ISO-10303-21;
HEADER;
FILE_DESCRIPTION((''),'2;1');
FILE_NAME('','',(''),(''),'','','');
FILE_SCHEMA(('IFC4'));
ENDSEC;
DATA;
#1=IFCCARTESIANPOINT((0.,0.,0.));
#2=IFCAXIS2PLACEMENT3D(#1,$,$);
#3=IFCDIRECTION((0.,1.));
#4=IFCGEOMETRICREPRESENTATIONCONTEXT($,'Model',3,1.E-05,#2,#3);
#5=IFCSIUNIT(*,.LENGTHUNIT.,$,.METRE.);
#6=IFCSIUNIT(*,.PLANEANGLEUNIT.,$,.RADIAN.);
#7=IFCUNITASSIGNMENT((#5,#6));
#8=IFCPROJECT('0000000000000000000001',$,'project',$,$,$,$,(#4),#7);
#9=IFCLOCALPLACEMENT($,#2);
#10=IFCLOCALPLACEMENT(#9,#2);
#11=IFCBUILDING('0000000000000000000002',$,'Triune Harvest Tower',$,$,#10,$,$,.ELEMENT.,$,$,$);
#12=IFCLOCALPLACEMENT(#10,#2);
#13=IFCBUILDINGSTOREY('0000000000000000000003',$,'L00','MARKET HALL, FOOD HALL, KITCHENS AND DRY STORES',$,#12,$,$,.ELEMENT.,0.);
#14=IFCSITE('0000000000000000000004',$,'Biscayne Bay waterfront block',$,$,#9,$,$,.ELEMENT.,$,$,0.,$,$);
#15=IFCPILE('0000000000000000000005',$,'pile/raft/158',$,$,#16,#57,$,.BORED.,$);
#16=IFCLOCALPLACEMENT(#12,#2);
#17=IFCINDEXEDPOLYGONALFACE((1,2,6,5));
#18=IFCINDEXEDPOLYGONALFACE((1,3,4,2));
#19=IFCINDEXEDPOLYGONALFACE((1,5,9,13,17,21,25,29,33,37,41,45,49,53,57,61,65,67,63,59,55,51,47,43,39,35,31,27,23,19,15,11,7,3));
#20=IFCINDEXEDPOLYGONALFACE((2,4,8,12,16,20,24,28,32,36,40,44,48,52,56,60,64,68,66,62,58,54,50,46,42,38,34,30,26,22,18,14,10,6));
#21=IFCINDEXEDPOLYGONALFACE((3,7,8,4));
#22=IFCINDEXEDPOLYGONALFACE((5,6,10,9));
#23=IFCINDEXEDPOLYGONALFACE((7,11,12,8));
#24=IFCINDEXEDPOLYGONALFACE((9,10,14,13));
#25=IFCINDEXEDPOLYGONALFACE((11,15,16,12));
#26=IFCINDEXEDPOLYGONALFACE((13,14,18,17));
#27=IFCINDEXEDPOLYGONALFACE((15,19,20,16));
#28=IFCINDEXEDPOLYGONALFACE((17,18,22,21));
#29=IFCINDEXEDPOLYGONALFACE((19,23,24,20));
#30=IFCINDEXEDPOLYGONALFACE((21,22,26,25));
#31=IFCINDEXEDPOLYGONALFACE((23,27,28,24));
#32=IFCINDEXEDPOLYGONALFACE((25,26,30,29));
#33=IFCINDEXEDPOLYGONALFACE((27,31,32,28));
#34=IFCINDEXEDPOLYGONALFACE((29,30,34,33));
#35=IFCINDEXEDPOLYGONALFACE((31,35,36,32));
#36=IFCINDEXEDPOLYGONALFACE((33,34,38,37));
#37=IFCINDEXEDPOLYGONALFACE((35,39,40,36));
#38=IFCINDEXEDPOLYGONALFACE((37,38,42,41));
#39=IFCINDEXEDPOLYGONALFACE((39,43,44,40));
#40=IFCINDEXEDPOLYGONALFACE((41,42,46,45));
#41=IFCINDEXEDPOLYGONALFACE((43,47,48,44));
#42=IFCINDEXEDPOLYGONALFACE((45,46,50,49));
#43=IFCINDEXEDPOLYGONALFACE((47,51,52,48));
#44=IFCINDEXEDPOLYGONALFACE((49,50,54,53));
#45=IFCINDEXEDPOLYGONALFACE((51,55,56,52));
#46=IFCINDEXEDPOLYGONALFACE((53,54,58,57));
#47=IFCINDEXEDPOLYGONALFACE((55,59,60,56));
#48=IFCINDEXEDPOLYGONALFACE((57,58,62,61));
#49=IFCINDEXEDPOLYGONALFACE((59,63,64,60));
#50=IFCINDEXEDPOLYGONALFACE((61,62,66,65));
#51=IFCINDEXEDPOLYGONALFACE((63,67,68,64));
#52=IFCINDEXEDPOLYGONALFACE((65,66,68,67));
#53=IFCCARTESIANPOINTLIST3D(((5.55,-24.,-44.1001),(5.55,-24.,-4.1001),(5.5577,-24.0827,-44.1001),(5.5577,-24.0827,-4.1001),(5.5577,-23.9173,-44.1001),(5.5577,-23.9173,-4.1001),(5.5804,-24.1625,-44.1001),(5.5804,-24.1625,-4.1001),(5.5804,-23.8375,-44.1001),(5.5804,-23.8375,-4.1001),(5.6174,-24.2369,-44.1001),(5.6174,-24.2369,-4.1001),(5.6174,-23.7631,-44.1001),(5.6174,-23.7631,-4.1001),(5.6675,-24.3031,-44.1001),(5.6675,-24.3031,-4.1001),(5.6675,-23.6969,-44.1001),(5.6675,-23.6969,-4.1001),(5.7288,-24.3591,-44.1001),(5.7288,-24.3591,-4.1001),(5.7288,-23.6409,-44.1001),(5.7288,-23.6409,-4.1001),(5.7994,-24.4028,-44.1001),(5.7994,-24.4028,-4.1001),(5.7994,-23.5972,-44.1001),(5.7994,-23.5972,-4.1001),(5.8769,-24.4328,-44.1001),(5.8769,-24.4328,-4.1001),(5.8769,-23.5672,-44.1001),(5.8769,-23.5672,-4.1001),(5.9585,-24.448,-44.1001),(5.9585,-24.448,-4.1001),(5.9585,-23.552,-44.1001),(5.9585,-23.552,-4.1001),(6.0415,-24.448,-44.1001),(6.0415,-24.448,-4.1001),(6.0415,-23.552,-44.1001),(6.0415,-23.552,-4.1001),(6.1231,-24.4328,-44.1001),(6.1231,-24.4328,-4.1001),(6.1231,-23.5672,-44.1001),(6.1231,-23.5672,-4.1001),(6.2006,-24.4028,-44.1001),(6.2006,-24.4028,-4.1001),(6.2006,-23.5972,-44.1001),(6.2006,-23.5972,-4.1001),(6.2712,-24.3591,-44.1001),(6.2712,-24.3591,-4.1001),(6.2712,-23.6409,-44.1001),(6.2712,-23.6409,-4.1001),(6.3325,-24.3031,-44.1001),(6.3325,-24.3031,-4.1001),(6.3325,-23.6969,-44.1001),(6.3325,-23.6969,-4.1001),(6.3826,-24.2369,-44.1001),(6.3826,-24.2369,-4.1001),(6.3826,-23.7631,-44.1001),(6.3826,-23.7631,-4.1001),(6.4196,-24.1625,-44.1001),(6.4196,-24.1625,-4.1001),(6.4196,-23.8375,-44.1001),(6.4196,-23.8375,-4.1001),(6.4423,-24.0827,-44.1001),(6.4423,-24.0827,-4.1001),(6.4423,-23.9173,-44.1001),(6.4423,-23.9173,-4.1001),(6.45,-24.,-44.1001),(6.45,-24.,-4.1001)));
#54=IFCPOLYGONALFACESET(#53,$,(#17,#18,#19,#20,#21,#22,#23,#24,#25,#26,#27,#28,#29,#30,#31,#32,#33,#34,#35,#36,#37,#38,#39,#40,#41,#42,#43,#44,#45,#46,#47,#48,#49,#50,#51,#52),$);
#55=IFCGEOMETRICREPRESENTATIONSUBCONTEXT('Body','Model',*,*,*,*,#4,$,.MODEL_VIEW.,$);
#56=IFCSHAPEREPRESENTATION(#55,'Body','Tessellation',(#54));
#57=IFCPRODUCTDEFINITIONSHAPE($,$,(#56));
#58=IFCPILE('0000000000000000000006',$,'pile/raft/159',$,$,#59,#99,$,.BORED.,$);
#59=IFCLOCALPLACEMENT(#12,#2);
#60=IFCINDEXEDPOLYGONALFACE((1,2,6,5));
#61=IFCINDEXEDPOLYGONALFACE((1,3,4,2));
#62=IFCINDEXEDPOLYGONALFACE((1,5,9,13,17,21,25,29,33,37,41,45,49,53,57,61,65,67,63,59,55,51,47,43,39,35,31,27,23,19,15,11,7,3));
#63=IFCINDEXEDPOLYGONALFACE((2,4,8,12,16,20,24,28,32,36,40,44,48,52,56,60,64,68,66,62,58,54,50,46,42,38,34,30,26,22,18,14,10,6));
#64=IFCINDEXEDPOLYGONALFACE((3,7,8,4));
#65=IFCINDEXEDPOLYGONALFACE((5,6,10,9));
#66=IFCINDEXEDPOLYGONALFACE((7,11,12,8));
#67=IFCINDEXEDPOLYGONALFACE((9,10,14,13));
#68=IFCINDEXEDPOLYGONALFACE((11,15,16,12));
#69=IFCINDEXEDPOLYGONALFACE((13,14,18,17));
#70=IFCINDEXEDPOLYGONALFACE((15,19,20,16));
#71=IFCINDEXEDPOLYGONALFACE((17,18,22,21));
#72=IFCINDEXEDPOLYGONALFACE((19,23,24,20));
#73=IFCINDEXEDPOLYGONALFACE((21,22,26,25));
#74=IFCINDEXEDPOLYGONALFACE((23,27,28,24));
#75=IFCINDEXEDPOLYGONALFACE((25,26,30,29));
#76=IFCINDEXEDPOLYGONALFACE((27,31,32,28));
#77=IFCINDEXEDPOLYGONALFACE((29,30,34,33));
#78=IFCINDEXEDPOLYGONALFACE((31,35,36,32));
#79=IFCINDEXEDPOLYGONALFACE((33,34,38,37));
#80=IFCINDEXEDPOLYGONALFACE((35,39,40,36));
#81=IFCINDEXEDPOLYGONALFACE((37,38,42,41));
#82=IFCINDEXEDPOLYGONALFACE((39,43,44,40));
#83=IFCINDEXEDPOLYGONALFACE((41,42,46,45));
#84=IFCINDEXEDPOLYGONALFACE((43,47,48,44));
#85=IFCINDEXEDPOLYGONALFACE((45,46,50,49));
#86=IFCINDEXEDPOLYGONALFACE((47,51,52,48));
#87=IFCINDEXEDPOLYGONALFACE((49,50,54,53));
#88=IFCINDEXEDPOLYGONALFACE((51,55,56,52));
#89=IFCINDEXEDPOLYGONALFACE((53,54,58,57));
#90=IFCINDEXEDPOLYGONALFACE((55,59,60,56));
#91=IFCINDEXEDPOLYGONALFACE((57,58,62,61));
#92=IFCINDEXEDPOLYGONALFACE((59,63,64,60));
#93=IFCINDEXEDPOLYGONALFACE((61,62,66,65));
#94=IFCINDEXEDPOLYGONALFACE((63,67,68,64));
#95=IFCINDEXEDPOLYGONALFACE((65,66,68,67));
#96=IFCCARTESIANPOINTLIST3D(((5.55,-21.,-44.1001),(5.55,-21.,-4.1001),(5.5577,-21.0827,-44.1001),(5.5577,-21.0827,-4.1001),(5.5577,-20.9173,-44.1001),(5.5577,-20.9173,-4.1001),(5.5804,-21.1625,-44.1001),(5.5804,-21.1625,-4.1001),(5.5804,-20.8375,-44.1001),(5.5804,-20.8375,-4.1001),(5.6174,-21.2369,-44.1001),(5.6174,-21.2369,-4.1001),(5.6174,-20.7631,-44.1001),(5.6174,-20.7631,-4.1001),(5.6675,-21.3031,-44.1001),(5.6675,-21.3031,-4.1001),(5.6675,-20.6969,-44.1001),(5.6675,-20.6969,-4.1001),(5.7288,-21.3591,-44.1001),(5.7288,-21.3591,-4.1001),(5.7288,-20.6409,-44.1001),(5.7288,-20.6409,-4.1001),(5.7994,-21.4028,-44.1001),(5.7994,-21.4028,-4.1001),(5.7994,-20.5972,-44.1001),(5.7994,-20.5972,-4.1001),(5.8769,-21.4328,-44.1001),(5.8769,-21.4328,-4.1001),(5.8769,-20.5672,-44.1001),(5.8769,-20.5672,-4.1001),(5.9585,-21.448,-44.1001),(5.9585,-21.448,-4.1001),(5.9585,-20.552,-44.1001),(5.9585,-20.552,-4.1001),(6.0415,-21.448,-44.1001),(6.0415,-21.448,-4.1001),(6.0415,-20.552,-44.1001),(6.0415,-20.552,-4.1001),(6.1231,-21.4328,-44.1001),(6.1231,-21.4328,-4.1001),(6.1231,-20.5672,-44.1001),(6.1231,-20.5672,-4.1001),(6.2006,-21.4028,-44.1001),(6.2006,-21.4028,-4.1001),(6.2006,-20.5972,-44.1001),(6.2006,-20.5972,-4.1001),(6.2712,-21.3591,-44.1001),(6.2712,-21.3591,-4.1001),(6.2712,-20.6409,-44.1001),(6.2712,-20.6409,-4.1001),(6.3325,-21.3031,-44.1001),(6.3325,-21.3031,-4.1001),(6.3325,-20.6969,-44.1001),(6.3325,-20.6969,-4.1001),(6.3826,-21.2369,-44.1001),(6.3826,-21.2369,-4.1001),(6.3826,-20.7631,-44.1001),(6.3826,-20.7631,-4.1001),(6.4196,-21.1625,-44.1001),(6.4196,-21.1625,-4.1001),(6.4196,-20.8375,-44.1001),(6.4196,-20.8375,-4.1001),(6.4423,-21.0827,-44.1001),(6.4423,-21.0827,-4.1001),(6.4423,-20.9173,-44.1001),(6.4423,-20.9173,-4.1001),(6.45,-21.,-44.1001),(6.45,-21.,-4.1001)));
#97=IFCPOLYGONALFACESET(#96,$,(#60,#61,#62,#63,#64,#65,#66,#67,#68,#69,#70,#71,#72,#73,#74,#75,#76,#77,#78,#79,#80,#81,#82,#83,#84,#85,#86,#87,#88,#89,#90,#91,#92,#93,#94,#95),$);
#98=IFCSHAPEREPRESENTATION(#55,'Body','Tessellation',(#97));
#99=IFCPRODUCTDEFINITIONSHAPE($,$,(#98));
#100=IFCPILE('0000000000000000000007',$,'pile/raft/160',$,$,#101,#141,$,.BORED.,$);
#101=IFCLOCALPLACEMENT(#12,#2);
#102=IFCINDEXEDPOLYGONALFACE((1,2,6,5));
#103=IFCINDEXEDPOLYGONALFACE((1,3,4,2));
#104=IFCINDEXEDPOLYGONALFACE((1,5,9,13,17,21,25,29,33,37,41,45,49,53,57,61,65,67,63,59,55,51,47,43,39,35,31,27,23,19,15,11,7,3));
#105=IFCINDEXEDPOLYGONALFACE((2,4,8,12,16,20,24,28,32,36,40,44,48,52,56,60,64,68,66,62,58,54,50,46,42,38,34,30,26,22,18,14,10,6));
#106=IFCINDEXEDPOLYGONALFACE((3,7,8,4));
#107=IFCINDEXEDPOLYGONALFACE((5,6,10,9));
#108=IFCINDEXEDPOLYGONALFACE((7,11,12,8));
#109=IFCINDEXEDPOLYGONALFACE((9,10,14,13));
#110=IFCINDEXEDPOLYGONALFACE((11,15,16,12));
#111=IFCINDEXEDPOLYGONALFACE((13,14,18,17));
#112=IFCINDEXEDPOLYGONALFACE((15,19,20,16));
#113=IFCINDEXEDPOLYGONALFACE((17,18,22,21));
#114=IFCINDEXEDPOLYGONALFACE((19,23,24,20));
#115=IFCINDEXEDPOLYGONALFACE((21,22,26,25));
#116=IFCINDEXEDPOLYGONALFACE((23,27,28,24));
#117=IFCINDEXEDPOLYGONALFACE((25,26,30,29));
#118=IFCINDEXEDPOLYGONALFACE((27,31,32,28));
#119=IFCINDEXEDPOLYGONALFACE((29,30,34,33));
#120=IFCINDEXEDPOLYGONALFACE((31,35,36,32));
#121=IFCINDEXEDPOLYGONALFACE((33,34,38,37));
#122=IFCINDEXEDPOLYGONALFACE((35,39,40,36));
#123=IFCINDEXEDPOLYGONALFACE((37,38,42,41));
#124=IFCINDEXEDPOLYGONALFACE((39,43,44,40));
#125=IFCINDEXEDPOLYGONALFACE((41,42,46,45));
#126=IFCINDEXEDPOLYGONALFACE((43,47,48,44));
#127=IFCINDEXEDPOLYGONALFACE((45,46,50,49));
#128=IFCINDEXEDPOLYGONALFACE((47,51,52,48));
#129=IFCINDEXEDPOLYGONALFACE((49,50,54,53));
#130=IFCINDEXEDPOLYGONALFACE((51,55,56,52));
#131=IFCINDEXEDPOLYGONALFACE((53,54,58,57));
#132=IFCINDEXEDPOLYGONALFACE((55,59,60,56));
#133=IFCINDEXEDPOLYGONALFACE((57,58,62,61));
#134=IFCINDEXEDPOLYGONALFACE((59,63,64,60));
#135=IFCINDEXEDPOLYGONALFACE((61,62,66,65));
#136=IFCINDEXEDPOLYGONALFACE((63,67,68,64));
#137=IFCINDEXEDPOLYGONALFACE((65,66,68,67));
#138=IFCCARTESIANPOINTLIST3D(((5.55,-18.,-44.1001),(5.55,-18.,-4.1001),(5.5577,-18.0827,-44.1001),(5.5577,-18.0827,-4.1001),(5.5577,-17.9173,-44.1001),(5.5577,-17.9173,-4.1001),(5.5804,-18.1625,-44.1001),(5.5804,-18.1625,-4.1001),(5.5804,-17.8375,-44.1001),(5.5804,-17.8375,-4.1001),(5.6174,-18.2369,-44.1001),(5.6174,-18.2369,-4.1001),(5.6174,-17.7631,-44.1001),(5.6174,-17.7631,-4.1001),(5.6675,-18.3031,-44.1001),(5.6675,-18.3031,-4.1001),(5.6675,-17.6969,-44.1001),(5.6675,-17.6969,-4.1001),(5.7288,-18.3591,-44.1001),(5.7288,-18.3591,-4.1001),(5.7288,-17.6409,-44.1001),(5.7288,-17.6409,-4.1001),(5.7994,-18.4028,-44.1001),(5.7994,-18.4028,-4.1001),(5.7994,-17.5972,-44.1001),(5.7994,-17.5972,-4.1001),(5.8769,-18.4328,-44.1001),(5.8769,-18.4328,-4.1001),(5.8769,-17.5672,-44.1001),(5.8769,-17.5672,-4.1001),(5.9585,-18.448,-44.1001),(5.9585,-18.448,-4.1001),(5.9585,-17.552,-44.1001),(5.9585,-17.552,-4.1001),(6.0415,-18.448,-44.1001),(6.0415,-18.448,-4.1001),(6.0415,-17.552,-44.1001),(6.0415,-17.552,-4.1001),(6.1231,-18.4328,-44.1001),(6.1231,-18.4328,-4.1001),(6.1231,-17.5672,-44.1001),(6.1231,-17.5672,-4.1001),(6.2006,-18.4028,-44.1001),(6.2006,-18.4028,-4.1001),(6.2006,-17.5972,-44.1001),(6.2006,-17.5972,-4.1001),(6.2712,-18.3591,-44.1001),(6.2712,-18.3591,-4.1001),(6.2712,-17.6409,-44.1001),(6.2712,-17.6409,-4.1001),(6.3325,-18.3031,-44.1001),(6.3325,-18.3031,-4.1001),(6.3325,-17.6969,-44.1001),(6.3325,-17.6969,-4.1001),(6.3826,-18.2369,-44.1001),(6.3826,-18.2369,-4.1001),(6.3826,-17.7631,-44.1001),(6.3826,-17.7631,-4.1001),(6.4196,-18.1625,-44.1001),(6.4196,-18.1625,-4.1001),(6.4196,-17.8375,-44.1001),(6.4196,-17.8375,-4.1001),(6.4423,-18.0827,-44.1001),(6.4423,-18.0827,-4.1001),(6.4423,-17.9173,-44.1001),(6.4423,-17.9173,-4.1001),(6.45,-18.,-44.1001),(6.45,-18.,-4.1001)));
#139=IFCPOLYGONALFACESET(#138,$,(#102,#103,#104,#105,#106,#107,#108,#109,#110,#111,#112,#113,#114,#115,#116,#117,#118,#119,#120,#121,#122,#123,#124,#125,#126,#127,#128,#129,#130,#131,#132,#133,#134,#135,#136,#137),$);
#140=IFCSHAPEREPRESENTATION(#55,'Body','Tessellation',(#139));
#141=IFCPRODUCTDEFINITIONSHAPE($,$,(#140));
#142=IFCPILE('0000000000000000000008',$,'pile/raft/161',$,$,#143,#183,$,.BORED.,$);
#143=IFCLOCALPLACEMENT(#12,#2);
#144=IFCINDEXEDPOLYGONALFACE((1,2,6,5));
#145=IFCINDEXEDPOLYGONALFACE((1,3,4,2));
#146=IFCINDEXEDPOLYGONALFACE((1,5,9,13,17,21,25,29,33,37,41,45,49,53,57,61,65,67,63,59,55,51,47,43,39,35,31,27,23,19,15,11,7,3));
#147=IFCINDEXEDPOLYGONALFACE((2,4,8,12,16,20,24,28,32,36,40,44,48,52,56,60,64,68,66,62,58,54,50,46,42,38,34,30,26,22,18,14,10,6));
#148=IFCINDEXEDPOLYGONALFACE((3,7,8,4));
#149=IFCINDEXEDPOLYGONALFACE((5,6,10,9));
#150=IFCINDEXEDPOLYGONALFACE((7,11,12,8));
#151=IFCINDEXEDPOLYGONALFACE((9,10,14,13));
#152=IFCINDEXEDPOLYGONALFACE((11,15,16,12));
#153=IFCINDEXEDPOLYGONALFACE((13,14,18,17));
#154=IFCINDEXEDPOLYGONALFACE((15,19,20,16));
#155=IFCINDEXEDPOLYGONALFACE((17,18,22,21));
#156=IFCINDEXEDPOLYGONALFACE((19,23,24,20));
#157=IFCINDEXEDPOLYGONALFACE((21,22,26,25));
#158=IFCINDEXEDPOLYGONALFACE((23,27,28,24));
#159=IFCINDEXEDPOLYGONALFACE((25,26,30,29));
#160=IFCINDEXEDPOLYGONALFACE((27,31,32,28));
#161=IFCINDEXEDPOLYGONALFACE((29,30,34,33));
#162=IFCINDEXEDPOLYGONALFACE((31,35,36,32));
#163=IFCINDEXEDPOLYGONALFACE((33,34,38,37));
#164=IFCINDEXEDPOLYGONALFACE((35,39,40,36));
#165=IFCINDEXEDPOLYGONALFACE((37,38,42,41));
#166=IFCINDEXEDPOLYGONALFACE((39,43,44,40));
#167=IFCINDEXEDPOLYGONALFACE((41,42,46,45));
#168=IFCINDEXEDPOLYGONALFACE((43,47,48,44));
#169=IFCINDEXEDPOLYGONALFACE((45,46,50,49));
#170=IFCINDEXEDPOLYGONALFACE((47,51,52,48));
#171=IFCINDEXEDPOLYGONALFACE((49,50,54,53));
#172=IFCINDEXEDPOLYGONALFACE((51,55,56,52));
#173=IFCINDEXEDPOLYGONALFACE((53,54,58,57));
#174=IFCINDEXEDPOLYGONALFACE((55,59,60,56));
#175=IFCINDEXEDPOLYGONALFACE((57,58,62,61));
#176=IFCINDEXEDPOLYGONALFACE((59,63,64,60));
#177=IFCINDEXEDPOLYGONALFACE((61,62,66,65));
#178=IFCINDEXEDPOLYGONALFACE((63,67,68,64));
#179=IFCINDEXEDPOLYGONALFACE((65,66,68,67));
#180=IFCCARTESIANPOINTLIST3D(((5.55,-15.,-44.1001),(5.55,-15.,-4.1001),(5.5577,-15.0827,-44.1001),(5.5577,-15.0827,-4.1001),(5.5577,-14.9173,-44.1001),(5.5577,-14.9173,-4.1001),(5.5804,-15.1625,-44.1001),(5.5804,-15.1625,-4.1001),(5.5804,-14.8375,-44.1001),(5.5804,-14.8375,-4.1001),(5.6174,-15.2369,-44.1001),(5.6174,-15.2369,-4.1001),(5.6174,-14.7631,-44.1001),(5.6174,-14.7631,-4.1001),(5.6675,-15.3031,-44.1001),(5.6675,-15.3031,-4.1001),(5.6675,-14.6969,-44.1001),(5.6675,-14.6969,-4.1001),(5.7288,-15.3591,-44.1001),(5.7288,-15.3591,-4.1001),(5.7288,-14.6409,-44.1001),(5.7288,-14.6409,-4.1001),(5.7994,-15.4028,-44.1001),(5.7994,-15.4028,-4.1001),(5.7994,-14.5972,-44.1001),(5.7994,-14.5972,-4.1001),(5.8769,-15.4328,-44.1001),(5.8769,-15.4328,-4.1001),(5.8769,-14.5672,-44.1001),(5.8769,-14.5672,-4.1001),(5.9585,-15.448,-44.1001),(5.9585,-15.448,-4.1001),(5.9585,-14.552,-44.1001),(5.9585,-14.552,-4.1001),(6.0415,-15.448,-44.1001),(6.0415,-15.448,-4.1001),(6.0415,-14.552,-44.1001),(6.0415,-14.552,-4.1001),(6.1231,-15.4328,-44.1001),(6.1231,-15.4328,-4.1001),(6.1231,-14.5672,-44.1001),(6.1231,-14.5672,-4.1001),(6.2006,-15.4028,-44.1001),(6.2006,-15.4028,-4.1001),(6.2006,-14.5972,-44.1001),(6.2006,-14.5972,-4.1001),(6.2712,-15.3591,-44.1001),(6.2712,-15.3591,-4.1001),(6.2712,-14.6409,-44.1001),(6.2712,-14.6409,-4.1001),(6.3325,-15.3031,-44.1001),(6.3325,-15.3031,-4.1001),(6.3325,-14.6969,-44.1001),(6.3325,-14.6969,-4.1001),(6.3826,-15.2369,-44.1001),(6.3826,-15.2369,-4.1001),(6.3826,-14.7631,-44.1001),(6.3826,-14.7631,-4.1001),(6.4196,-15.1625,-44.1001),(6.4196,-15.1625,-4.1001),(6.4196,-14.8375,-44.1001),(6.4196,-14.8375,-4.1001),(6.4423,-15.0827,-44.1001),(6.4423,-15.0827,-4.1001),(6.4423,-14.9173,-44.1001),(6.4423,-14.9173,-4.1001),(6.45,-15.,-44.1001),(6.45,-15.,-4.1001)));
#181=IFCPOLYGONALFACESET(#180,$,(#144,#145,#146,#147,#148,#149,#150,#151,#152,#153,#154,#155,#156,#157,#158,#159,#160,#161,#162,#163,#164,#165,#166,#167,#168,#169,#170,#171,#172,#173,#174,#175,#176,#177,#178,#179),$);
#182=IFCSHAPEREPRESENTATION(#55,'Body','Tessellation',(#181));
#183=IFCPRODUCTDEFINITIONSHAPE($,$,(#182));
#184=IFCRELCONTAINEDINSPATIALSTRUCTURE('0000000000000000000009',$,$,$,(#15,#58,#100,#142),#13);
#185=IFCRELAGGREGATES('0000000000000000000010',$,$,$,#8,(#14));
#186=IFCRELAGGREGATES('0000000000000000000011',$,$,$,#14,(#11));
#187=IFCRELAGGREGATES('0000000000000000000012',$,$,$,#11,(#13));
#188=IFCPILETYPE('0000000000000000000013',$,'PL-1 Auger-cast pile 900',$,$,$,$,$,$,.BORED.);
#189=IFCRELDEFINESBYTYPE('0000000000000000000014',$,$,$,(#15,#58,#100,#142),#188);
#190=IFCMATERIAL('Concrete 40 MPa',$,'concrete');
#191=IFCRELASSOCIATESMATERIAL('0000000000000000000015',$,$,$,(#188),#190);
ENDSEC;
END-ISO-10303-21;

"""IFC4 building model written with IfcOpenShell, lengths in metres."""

from ifc_helpers import new_model, si_unit, direction, frame, origin, origin_2d, place, context, subcontext, project, spatial, circle, extrude, source, transform, mapped, material, material_profile, profile_set, type_object, element, save


model = new_model("IFC4")

# Units and contexts
model_context = context("Model", 3, precision=1e-05, world=origin(), true_north=direction((0.0, 1.0)))
body_context = subcontext(model_context, "Body", "Model", "MODEL_VIEW")
ifc_project = project(units=[si_unit("LENGTHUNIT", "METRE"), si_unit("PLANEANGLEUNIT", "RADIAN")], contexts=[model_context])

# Site, building, storey
site_placement = place(None, origin())
site = spatial("IfcSite", under=ifc_project, at=site_placement, Name="Biscayne Bay waterfront block", CompositionType="ELEMENT", RefElevation=0.0)
building_placement = place(site_placement, origin())
building = spatial("IfcBuilding", under=site, at=building_placement, Name="Triune Harvest Tower", CompositionType="ELEMENT")
storey_placement = place(building_placement, origin())
storey = spatial("IfcBuildingStorey", under=building, at=storey_placement, Name="L00", Description="MARKET HALL, FOOD HALL, KITCHENS AND DRY STORES", CompositionType="ELEMENT", Elevation=0.0)

# Piles
ifc_material_1 = material(Name="Concrete 40 MPa", Category="concrete")
ifc_material_profile = material_profile(ifc_material_1, circle(Radius=0.45, at=origin_2d()), Name="Bored 900")
ifc_profile_set = profile_set([ifc_material_profile], Name="Concrete 40 MPa")
pile_type = type_object("IfcPileType", Name="PL-1 Auger-cast pile 900", PredefinedType="BORED", material=ifc_profile_set)
shared_shape_1 = source(origin(), body_context, "Body", "SweptSolid", [
    extrude(circle(Radius=0.45, at=origin_2d()), origin(), (0.0, 0.0, 1.0), 40.0),
])
for number, where, z_axis, x_axis, name in (
    (1, (6.0, -24.0, -4.1001), (0.0, 0.0, -1.0), (1.0, 0.0, 0.0), "pile/raft/158"),
    (2, (6.0, -21.0, -4.1001), (0.0, 0.0, -1.0), (1.0, 0.0, 0.0), "pile/raft/159"),
    (3, (6.0, -18.0, -4.1001), (0.0, 0.0, -1.0), (1.0, 0.0, 0.0), "pile/raft/160"),
    (4, (6.0, -15.0, -4.1001), (0.0, 0.0, -1.0), (1.0, 0.0, 0.0), "pile/raft/161"),
):
    element("IfcPile", number, at=place(storey_placement, frame(where, z_axis=z_axis, x_axis=x_axis)), inside=storey, type_object=pile_type, Name=name, PredefinedType="BORED", context=body_context, shape_type="MappedRepresentation", body=[
        mapped(shared_shape_1, transform((0.0, 0.0, 0.0), scale=1.0)),
    ])

save(model, "model.ifc")
